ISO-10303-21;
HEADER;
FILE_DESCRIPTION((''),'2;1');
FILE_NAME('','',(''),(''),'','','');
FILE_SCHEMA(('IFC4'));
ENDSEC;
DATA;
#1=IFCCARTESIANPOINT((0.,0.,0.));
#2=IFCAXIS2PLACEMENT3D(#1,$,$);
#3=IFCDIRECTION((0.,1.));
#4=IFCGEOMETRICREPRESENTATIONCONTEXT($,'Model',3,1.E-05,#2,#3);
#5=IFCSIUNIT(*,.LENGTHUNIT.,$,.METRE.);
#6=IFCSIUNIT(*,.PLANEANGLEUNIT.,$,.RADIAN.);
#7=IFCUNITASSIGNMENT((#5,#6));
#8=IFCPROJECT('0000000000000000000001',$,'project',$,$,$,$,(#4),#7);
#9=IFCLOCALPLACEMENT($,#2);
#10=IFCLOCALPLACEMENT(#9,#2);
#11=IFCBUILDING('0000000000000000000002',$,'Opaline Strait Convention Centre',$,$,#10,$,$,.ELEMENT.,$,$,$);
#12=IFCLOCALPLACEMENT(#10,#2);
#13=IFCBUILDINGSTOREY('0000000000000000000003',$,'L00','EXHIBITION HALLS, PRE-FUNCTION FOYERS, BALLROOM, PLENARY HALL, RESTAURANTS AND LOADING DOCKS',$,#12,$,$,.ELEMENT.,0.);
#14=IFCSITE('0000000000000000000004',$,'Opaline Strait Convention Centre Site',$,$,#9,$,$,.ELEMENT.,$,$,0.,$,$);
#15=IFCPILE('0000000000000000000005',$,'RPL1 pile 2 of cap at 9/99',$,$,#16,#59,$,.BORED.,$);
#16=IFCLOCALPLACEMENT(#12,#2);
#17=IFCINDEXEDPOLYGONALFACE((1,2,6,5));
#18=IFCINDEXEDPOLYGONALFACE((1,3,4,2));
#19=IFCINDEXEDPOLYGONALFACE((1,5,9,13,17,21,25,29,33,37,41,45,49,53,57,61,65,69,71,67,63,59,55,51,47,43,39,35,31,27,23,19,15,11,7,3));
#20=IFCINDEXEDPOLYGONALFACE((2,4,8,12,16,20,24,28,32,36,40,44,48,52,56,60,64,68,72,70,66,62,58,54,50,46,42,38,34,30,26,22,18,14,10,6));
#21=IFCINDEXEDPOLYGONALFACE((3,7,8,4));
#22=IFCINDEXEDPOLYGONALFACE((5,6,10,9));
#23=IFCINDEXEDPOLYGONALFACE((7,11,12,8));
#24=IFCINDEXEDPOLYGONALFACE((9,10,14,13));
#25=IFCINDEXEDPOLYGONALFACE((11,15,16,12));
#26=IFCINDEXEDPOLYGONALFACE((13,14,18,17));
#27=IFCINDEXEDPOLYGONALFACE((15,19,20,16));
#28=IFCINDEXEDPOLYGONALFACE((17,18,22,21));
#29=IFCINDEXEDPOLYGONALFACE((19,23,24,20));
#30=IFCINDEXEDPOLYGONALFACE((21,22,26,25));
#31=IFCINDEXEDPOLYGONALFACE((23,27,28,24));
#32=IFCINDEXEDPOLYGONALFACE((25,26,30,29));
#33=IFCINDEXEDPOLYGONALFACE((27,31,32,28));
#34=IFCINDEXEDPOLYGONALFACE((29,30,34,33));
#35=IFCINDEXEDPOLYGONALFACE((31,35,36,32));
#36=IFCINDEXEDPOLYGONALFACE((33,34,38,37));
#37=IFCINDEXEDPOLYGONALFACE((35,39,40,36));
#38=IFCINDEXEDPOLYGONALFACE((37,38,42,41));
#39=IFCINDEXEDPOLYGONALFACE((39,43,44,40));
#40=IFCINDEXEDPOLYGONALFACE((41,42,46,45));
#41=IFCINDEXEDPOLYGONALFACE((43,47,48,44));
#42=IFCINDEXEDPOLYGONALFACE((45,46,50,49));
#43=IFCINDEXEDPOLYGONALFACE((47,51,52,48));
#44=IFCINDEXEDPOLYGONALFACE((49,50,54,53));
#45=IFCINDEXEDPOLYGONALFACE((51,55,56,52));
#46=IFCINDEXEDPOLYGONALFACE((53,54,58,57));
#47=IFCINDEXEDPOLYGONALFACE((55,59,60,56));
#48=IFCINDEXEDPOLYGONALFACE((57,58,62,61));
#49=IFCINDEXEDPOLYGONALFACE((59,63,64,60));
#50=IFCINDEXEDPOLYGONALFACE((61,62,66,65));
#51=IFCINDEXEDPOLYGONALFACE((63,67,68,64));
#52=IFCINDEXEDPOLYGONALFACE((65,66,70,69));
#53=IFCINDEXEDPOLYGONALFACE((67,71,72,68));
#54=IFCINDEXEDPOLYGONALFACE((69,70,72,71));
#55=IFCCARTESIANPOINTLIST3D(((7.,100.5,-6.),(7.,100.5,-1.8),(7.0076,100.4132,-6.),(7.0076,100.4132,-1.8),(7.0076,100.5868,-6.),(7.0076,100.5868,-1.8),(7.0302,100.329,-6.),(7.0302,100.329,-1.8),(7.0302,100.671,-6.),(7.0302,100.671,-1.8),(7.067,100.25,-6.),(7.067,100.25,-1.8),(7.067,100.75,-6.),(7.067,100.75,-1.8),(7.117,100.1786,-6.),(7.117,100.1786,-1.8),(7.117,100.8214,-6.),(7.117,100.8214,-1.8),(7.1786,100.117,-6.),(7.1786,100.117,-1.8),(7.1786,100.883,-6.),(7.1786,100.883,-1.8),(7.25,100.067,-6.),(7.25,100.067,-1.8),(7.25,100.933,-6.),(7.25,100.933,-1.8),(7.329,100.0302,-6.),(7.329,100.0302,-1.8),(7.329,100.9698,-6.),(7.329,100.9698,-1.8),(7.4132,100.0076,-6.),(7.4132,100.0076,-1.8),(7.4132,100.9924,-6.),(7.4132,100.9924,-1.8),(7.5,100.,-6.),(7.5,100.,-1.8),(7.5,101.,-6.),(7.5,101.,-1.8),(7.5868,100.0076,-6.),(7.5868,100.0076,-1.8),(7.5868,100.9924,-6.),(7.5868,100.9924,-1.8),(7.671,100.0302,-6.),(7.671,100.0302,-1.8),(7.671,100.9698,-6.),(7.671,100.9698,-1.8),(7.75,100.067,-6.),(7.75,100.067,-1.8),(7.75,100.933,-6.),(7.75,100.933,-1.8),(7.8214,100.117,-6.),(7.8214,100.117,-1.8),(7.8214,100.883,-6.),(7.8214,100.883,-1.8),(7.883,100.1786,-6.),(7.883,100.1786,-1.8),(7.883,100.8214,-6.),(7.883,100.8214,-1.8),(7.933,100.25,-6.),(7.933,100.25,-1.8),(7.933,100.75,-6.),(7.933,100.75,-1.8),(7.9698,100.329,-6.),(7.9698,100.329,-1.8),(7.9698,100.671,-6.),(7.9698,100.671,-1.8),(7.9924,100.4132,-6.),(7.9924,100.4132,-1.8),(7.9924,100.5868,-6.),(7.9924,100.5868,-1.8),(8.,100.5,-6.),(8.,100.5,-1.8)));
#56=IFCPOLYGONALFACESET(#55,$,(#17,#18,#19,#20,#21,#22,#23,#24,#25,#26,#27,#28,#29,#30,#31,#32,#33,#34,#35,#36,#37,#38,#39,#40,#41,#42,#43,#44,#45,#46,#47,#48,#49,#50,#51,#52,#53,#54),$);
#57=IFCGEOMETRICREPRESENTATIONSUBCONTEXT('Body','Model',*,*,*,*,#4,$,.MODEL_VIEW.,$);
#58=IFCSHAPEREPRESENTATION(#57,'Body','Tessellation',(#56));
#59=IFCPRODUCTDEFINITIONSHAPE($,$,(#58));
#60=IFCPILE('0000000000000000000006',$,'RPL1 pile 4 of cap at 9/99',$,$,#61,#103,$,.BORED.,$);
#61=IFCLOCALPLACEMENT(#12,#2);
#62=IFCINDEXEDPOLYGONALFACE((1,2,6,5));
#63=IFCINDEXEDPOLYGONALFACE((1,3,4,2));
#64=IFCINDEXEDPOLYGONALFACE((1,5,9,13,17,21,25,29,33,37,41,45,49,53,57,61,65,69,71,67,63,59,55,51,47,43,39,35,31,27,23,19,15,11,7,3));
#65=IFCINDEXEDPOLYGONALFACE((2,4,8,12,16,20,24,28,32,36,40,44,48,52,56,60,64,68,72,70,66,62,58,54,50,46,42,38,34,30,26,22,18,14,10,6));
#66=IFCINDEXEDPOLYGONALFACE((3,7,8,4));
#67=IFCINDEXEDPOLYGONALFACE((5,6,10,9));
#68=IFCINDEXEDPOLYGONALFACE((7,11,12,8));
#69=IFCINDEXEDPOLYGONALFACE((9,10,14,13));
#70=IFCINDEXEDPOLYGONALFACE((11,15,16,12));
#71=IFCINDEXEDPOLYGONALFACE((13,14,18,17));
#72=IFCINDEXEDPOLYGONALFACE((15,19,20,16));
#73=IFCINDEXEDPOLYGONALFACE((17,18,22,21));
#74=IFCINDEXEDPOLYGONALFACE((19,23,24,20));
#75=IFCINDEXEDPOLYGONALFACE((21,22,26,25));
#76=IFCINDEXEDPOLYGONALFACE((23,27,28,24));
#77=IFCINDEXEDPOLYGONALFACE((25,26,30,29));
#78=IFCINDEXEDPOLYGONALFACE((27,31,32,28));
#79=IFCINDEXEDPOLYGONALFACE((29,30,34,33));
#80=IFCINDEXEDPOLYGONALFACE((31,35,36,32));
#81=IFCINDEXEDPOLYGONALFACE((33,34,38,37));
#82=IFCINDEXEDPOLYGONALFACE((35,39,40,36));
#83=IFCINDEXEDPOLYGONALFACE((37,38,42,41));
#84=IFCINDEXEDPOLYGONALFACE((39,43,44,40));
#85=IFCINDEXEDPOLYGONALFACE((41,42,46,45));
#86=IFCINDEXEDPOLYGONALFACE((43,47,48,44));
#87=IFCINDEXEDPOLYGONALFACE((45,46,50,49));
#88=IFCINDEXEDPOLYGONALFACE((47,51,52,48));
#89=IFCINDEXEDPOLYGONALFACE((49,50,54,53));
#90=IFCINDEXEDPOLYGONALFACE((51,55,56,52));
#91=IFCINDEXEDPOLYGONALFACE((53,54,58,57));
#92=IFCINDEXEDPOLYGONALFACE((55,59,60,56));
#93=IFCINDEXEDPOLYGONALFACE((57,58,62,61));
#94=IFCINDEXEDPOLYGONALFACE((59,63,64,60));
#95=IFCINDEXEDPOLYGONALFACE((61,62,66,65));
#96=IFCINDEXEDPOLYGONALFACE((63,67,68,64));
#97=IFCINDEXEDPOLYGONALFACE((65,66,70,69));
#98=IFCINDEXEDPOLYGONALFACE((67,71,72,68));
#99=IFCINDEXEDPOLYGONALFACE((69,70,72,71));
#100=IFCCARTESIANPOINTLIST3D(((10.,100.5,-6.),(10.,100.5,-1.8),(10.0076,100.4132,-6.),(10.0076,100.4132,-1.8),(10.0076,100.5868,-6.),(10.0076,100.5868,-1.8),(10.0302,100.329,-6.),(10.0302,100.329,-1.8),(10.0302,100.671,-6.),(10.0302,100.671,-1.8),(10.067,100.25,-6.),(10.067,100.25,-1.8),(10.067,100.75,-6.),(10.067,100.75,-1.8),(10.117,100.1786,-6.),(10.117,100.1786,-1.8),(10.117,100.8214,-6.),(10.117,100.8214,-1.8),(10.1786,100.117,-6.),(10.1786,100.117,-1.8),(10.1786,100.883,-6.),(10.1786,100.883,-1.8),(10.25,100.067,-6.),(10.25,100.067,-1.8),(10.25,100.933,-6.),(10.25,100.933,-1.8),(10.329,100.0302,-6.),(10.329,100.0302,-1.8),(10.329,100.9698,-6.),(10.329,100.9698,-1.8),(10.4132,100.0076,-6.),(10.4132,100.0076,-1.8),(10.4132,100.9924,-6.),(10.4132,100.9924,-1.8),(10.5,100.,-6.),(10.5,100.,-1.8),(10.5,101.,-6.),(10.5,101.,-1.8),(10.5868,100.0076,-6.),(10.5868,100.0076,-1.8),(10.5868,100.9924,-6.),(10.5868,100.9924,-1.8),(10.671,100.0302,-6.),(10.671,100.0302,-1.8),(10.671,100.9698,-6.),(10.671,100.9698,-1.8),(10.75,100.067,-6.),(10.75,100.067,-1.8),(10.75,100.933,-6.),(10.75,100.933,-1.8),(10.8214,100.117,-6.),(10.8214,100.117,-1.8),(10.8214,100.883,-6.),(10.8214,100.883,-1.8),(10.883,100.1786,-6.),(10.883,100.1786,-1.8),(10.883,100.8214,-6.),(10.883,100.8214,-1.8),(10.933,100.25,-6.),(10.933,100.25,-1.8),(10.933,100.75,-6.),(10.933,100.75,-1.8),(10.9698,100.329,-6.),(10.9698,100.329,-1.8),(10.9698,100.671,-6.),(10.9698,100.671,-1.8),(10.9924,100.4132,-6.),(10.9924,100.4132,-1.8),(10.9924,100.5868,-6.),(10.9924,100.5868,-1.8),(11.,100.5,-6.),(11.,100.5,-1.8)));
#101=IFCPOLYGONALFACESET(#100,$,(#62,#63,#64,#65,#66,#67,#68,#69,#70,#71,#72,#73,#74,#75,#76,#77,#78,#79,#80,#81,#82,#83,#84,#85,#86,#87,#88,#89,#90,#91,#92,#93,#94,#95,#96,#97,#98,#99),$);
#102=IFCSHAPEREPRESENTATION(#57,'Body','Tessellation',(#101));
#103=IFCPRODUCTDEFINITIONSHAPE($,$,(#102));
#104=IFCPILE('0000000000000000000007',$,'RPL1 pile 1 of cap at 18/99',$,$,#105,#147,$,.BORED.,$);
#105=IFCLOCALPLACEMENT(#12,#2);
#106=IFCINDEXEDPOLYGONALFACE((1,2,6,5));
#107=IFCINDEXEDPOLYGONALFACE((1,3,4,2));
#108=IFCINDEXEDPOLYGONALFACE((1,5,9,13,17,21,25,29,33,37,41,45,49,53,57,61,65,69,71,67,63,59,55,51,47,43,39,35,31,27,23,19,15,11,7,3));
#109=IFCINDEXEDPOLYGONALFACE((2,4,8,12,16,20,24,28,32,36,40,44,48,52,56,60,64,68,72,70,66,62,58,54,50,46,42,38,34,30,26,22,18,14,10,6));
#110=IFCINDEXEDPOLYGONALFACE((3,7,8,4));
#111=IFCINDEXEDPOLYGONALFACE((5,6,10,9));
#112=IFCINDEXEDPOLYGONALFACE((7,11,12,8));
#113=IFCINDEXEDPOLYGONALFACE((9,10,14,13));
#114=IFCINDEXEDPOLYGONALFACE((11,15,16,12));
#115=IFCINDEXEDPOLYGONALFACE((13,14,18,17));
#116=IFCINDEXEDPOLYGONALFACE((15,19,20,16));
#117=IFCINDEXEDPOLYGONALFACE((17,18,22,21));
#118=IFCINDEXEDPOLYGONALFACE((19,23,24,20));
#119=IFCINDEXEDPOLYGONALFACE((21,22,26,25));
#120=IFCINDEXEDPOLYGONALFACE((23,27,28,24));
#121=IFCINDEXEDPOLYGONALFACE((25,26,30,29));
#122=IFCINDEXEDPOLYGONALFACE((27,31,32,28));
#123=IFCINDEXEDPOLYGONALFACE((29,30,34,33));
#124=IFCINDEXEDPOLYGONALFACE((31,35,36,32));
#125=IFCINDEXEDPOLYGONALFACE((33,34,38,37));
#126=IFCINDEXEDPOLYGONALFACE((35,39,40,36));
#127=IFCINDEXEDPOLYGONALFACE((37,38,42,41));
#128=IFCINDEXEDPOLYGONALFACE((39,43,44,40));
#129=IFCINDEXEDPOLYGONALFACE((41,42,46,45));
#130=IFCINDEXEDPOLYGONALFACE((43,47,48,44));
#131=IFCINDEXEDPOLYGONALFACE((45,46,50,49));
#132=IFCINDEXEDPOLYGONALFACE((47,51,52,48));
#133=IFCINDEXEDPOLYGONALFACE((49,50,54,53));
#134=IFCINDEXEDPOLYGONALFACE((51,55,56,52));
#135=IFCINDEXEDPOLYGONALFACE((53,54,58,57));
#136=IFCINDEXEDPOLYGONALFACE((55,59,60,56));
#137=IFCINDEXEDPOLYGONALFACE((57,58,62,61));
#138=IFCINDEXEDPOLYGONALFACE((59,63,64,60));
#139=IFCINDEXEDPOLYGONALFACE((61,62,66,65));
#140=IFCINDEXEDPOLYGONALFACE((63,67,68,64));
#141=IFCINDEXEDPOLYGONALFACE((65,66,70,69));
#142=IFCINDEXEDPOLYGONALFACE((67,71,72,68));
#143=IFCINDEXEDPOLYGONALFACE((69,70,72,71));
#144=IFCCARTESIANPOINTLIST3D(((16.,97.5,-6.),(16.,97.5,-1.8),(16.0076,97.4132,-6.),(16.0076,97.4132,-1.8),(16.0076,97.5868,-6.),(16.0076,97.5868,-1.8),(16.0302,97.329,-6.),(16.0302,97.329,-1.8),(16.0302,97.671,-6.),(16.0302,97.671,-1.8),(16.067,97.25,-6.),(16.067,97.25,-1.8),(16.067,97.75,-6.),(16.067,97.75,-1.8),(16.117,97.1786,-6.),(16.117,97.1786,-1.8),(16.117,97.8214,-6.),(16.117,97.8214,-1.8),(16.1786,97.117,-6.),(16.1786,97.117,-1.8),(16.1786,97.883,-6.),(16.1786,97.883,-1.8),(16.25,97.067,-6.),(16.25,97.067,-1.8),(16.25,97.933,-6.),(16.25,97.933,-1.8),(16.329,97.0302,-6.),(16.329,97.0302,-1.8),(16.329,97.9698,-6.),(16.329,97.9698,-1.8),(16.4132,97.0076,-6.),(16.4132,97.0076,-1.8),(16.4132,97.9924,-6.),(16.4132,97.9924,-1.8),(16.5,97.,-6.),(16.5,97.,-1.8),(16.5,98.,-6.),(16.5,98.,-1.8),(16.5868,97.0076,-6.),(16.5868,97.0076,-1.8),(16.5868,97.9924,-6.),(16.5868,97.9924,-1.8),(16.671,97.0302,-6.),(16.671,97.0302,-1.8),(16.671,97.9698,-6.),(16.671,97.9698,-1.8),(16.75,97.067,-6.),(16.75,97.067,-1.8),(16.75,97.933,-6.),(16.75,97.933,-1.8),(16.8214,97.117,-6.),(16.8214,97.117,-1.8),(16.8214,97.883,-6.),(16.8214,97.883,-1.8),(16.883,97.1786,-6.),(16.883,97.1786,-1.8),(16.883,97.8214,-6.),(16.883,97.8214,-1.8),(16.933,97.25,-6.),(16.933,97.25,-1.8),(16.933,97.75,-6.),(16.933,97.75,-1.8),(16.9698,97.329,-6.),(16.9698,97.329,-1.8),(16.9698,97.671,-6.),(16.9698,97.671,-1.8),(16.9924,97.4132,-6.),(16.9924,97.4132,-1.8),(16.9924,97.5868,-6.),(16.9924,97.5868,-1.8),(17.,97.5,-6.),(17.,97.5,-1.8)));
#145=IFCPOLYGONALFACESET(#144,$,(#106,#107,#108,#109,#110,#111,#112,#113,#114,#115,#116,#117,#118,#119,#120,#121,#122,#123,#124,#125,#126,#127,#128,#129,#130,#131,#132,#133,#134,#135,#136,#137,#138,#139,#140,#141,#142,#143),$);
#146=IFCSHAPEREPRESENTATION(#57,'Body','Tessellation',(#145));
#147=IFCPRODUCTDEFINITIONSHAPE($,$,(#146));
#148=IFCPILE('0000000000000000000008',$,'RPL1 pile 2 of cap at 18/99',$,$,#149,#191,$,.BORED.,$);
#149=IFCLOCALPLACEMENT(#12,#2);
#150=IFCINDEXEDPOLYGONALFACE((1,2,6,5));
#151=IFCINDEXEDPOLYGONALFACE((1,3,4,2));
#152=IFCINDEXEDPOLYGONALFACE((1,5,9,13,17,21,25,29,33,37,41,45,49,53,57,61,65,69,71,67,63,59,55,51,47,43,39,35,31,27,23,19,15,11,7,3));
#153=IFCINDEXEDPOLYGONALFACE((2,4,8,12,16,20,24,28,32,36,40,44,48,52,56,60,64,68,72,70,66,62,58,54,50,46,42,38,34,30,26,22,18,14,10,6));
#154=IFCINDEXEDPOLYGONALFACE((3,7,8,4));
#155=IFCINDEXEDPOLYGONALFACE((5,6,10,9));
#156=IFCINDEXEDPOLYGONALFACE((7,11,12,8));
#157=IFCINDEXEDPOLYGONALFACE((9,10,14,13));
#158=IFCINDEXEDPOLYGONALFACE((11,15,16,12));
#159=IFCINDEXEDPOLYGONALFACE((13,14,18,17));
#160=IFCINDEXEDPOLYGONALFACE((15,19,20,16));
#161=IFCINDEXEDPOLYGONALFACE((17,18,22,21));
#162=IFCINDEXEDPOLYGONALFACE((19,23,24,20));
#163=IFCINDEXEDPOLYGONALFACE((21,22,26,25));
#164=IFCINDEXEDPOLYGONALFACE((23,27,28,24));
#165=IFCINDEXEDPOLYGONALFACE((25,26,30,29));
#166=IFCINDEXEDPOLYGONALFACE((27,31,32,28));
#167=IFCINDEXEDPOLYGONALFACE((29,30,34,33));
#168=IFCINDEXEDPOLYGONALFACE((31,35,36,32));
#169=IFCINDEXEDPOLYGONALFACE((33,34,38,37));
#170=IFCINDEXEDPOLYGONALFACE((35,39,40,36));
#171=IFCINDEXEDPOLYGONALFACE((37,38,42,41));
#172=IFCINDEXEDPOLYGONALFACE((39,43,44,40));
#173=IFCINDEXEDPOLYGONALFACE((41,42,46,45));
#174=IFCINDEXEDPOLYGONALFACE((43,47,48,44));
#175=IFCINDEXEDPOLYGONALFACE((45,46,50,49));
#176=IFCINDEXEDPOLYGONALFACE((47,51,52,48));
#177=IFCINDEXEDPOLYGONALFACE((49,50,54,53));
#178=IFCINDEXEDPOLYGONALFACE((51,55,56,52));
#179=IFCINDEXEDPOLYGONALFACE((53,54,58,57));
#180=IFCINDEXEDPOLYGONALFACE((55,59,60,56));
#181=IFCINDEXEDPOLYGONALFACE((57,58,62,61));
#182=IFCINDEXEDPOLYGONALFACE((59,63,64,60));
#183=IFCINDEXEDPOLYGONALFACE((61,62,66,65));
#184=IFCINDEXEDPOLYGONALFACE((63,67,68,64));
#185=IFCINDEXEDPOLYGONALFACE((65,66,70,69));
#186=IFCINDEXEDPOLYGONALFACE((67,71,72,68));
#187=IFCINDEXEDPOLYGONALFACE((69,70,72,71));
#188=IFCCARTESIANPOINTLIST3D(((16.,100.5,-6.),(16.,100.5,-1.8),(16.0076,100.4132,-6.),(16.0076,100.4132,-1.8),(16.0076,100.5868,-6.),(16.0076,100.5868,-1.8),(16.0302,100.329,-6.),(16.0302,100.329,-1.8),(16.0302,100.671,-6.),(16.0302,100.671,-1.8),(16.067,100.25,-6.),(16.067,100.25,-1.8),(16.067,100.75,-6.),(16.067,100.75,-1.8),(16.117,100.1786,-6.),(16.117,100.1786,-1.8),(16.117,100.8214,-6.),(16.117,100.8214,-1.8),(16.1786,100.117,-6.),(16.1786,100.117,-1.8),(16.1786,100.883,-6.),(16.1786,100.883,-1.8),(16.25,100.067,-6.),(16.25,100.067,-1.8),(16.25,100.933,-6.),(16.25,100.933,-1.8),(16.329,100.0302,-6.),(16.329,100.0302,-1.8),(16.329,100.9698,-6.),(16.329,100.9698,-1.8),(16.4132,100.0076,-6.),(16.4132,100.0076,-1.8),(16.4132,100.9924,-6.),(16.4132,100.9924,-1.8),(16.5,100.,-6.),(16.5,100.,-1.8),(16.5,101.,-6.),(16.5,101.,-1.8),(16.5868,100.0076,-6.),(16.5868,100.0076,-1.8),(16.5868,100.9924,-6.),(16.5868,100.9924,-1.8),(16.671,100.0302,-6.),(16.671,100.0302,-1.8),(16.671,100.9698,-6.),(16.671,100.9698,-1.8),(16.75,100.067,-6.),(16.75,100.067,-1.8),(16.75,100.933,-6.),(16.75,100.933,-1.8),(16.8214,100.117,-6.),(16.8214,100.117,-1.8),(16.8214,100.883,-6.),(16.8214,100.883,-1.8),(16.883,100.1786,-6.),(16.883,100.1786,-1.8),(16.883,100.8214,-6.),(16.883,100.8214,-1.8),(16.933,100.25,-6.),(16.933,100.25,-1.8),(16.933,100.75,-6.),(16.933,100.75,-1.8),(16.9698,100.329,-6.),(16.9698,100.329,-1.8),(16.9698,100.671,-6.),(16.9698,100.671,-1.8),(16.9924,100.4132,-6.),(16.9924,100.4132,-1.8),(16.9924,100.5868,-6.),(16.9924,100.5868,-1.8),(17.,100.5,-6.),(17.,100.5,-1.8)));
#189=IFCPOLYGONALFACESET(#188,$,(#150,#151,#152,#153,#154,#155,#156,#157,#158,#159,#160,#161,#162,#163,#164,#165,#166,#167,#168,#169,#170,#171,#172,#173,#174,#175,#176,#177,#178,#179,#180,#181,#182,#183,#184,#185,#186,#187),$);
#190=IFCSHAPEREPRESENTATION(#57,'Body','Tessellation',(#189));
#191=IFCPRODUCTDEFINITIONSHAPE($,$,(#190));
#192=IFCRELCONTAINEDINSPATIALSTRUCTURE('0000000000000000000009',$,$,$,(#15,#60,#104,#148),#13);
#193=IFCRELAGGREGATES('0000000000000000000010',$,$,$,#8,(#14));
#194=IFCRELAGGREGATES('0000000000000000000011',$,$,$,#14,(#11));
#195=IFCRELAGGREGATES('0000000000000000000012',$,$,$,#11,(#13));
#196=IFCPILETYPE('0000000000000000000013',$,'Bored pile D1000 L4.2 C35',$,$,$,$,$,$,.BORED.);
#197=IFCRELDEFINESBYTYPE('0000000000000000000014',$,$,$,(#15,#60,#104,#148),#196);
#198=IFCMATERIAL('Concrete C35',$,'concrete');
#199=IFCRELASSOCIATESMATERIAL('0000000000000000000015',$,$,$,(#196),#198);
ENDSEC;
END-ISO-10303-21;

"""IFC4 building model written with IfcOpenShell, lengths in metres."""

from ifc_helpers import new_model, si_unit, direction, frame, origin, origin_2d, place, context, subcontext, project, spatial, circle, extrude, material, material_profile, profile_set, type_object, element, save


model = new_model("IFC4")

# Units and contexts
model_context = context("Model", 3, precision=1e-05, world=origin(), true_north=direction((0.0, 1.0)))
body_context = subcontext(model_context, "Body", "Model", "MODEL_VIEW")
ifc_project = project(units=[si_unit("LENGTHUNIT", "METRE"), si_unit("PLANEANGLEUNIT", "RADIAN")], contexts=[model_context])

# Site, building, storey
site_placement = place(None, origin())
site = spatial("IfcSite", under=ifc_project, at=site_placement, Name="Opaline Strait Convention Centre Site", CompositionType="ELEMENT", RefElevation=0.0)
building_placement = place(site_placement, origin())
building = spatial("IfcBuilding", under=site, at=building_placement, Name="Opaline Strait Convention Centre", CompositionType="ELEMENT")
storey_placement = place(building_placement, origin())
storey = spatial("IfcBuildingStorey", under=building, at=storey_placement, Name="L00", Description="EXHIBITION HALLS, PRE-FUNCTION FOYERS, BALLROOM, PLENARY HALL, RESTAURANTS AND LOADING DOCKS", CompositionType="ELEMENT", Elevation=0.0)

# Piles
ifc_material_1 = material(Name="Concrete C35", Category="concrete")
ifc_material_profile_1 = material_profile(ifc_material_1, circle(Radius=0.5, at=origin_2d()), Name="D1000")
ifc_profile_set_1 = profile_set([ifc_material_profile_1], Name="Concrete C35")
pile_type = type_object("IfcPileType", Name="Bored pile D1000 L4.2 C35", PredefinedType="BORED", material=ifc_profile_set_1)
for number, where, z_axis, x_axis, name in (
    (1, (7.5, 100.5, -1.8), (0.0, 0.0, -1.0), (1.0, 0.0, 0.0), "RPL1 pile 2 of cap at 9/99"),
    (2, (10.5, 100.5, -1.8), (0.0, 0.0, -1.0), (1.0, 0.0, 0.0), "RPL1 pile 4 of cap at 9/99"),
    (3, (16.5, 97.5, -1.8), (0.0, 0.0, -1.0), (1.0, 0.0, 0.0), "RPL1 pile 1 of cap at 18/99"),
    (4, (16.5, 100.5, -1.8), (0.0, 0.0, -1.0), (1.0, 0.0, 0.0), "RPL1 pile 2 of cap at 18/99"),
):
    element("IfcPile", number, at=place(storey_placement, frame(where, z_axis=z_axis, x_axis=x_axis)), inside=storey, type_object=pile_type, Name=name, PredefinedType="BORED", context=body_context, shape_type="SweptSolid", body=[
        extrude(circle(Radius=0.5, at=origin_2d()), origin(), (0.0, 0.0, 1.0), 4.2),
    ])

save(model, "model.ifc")
